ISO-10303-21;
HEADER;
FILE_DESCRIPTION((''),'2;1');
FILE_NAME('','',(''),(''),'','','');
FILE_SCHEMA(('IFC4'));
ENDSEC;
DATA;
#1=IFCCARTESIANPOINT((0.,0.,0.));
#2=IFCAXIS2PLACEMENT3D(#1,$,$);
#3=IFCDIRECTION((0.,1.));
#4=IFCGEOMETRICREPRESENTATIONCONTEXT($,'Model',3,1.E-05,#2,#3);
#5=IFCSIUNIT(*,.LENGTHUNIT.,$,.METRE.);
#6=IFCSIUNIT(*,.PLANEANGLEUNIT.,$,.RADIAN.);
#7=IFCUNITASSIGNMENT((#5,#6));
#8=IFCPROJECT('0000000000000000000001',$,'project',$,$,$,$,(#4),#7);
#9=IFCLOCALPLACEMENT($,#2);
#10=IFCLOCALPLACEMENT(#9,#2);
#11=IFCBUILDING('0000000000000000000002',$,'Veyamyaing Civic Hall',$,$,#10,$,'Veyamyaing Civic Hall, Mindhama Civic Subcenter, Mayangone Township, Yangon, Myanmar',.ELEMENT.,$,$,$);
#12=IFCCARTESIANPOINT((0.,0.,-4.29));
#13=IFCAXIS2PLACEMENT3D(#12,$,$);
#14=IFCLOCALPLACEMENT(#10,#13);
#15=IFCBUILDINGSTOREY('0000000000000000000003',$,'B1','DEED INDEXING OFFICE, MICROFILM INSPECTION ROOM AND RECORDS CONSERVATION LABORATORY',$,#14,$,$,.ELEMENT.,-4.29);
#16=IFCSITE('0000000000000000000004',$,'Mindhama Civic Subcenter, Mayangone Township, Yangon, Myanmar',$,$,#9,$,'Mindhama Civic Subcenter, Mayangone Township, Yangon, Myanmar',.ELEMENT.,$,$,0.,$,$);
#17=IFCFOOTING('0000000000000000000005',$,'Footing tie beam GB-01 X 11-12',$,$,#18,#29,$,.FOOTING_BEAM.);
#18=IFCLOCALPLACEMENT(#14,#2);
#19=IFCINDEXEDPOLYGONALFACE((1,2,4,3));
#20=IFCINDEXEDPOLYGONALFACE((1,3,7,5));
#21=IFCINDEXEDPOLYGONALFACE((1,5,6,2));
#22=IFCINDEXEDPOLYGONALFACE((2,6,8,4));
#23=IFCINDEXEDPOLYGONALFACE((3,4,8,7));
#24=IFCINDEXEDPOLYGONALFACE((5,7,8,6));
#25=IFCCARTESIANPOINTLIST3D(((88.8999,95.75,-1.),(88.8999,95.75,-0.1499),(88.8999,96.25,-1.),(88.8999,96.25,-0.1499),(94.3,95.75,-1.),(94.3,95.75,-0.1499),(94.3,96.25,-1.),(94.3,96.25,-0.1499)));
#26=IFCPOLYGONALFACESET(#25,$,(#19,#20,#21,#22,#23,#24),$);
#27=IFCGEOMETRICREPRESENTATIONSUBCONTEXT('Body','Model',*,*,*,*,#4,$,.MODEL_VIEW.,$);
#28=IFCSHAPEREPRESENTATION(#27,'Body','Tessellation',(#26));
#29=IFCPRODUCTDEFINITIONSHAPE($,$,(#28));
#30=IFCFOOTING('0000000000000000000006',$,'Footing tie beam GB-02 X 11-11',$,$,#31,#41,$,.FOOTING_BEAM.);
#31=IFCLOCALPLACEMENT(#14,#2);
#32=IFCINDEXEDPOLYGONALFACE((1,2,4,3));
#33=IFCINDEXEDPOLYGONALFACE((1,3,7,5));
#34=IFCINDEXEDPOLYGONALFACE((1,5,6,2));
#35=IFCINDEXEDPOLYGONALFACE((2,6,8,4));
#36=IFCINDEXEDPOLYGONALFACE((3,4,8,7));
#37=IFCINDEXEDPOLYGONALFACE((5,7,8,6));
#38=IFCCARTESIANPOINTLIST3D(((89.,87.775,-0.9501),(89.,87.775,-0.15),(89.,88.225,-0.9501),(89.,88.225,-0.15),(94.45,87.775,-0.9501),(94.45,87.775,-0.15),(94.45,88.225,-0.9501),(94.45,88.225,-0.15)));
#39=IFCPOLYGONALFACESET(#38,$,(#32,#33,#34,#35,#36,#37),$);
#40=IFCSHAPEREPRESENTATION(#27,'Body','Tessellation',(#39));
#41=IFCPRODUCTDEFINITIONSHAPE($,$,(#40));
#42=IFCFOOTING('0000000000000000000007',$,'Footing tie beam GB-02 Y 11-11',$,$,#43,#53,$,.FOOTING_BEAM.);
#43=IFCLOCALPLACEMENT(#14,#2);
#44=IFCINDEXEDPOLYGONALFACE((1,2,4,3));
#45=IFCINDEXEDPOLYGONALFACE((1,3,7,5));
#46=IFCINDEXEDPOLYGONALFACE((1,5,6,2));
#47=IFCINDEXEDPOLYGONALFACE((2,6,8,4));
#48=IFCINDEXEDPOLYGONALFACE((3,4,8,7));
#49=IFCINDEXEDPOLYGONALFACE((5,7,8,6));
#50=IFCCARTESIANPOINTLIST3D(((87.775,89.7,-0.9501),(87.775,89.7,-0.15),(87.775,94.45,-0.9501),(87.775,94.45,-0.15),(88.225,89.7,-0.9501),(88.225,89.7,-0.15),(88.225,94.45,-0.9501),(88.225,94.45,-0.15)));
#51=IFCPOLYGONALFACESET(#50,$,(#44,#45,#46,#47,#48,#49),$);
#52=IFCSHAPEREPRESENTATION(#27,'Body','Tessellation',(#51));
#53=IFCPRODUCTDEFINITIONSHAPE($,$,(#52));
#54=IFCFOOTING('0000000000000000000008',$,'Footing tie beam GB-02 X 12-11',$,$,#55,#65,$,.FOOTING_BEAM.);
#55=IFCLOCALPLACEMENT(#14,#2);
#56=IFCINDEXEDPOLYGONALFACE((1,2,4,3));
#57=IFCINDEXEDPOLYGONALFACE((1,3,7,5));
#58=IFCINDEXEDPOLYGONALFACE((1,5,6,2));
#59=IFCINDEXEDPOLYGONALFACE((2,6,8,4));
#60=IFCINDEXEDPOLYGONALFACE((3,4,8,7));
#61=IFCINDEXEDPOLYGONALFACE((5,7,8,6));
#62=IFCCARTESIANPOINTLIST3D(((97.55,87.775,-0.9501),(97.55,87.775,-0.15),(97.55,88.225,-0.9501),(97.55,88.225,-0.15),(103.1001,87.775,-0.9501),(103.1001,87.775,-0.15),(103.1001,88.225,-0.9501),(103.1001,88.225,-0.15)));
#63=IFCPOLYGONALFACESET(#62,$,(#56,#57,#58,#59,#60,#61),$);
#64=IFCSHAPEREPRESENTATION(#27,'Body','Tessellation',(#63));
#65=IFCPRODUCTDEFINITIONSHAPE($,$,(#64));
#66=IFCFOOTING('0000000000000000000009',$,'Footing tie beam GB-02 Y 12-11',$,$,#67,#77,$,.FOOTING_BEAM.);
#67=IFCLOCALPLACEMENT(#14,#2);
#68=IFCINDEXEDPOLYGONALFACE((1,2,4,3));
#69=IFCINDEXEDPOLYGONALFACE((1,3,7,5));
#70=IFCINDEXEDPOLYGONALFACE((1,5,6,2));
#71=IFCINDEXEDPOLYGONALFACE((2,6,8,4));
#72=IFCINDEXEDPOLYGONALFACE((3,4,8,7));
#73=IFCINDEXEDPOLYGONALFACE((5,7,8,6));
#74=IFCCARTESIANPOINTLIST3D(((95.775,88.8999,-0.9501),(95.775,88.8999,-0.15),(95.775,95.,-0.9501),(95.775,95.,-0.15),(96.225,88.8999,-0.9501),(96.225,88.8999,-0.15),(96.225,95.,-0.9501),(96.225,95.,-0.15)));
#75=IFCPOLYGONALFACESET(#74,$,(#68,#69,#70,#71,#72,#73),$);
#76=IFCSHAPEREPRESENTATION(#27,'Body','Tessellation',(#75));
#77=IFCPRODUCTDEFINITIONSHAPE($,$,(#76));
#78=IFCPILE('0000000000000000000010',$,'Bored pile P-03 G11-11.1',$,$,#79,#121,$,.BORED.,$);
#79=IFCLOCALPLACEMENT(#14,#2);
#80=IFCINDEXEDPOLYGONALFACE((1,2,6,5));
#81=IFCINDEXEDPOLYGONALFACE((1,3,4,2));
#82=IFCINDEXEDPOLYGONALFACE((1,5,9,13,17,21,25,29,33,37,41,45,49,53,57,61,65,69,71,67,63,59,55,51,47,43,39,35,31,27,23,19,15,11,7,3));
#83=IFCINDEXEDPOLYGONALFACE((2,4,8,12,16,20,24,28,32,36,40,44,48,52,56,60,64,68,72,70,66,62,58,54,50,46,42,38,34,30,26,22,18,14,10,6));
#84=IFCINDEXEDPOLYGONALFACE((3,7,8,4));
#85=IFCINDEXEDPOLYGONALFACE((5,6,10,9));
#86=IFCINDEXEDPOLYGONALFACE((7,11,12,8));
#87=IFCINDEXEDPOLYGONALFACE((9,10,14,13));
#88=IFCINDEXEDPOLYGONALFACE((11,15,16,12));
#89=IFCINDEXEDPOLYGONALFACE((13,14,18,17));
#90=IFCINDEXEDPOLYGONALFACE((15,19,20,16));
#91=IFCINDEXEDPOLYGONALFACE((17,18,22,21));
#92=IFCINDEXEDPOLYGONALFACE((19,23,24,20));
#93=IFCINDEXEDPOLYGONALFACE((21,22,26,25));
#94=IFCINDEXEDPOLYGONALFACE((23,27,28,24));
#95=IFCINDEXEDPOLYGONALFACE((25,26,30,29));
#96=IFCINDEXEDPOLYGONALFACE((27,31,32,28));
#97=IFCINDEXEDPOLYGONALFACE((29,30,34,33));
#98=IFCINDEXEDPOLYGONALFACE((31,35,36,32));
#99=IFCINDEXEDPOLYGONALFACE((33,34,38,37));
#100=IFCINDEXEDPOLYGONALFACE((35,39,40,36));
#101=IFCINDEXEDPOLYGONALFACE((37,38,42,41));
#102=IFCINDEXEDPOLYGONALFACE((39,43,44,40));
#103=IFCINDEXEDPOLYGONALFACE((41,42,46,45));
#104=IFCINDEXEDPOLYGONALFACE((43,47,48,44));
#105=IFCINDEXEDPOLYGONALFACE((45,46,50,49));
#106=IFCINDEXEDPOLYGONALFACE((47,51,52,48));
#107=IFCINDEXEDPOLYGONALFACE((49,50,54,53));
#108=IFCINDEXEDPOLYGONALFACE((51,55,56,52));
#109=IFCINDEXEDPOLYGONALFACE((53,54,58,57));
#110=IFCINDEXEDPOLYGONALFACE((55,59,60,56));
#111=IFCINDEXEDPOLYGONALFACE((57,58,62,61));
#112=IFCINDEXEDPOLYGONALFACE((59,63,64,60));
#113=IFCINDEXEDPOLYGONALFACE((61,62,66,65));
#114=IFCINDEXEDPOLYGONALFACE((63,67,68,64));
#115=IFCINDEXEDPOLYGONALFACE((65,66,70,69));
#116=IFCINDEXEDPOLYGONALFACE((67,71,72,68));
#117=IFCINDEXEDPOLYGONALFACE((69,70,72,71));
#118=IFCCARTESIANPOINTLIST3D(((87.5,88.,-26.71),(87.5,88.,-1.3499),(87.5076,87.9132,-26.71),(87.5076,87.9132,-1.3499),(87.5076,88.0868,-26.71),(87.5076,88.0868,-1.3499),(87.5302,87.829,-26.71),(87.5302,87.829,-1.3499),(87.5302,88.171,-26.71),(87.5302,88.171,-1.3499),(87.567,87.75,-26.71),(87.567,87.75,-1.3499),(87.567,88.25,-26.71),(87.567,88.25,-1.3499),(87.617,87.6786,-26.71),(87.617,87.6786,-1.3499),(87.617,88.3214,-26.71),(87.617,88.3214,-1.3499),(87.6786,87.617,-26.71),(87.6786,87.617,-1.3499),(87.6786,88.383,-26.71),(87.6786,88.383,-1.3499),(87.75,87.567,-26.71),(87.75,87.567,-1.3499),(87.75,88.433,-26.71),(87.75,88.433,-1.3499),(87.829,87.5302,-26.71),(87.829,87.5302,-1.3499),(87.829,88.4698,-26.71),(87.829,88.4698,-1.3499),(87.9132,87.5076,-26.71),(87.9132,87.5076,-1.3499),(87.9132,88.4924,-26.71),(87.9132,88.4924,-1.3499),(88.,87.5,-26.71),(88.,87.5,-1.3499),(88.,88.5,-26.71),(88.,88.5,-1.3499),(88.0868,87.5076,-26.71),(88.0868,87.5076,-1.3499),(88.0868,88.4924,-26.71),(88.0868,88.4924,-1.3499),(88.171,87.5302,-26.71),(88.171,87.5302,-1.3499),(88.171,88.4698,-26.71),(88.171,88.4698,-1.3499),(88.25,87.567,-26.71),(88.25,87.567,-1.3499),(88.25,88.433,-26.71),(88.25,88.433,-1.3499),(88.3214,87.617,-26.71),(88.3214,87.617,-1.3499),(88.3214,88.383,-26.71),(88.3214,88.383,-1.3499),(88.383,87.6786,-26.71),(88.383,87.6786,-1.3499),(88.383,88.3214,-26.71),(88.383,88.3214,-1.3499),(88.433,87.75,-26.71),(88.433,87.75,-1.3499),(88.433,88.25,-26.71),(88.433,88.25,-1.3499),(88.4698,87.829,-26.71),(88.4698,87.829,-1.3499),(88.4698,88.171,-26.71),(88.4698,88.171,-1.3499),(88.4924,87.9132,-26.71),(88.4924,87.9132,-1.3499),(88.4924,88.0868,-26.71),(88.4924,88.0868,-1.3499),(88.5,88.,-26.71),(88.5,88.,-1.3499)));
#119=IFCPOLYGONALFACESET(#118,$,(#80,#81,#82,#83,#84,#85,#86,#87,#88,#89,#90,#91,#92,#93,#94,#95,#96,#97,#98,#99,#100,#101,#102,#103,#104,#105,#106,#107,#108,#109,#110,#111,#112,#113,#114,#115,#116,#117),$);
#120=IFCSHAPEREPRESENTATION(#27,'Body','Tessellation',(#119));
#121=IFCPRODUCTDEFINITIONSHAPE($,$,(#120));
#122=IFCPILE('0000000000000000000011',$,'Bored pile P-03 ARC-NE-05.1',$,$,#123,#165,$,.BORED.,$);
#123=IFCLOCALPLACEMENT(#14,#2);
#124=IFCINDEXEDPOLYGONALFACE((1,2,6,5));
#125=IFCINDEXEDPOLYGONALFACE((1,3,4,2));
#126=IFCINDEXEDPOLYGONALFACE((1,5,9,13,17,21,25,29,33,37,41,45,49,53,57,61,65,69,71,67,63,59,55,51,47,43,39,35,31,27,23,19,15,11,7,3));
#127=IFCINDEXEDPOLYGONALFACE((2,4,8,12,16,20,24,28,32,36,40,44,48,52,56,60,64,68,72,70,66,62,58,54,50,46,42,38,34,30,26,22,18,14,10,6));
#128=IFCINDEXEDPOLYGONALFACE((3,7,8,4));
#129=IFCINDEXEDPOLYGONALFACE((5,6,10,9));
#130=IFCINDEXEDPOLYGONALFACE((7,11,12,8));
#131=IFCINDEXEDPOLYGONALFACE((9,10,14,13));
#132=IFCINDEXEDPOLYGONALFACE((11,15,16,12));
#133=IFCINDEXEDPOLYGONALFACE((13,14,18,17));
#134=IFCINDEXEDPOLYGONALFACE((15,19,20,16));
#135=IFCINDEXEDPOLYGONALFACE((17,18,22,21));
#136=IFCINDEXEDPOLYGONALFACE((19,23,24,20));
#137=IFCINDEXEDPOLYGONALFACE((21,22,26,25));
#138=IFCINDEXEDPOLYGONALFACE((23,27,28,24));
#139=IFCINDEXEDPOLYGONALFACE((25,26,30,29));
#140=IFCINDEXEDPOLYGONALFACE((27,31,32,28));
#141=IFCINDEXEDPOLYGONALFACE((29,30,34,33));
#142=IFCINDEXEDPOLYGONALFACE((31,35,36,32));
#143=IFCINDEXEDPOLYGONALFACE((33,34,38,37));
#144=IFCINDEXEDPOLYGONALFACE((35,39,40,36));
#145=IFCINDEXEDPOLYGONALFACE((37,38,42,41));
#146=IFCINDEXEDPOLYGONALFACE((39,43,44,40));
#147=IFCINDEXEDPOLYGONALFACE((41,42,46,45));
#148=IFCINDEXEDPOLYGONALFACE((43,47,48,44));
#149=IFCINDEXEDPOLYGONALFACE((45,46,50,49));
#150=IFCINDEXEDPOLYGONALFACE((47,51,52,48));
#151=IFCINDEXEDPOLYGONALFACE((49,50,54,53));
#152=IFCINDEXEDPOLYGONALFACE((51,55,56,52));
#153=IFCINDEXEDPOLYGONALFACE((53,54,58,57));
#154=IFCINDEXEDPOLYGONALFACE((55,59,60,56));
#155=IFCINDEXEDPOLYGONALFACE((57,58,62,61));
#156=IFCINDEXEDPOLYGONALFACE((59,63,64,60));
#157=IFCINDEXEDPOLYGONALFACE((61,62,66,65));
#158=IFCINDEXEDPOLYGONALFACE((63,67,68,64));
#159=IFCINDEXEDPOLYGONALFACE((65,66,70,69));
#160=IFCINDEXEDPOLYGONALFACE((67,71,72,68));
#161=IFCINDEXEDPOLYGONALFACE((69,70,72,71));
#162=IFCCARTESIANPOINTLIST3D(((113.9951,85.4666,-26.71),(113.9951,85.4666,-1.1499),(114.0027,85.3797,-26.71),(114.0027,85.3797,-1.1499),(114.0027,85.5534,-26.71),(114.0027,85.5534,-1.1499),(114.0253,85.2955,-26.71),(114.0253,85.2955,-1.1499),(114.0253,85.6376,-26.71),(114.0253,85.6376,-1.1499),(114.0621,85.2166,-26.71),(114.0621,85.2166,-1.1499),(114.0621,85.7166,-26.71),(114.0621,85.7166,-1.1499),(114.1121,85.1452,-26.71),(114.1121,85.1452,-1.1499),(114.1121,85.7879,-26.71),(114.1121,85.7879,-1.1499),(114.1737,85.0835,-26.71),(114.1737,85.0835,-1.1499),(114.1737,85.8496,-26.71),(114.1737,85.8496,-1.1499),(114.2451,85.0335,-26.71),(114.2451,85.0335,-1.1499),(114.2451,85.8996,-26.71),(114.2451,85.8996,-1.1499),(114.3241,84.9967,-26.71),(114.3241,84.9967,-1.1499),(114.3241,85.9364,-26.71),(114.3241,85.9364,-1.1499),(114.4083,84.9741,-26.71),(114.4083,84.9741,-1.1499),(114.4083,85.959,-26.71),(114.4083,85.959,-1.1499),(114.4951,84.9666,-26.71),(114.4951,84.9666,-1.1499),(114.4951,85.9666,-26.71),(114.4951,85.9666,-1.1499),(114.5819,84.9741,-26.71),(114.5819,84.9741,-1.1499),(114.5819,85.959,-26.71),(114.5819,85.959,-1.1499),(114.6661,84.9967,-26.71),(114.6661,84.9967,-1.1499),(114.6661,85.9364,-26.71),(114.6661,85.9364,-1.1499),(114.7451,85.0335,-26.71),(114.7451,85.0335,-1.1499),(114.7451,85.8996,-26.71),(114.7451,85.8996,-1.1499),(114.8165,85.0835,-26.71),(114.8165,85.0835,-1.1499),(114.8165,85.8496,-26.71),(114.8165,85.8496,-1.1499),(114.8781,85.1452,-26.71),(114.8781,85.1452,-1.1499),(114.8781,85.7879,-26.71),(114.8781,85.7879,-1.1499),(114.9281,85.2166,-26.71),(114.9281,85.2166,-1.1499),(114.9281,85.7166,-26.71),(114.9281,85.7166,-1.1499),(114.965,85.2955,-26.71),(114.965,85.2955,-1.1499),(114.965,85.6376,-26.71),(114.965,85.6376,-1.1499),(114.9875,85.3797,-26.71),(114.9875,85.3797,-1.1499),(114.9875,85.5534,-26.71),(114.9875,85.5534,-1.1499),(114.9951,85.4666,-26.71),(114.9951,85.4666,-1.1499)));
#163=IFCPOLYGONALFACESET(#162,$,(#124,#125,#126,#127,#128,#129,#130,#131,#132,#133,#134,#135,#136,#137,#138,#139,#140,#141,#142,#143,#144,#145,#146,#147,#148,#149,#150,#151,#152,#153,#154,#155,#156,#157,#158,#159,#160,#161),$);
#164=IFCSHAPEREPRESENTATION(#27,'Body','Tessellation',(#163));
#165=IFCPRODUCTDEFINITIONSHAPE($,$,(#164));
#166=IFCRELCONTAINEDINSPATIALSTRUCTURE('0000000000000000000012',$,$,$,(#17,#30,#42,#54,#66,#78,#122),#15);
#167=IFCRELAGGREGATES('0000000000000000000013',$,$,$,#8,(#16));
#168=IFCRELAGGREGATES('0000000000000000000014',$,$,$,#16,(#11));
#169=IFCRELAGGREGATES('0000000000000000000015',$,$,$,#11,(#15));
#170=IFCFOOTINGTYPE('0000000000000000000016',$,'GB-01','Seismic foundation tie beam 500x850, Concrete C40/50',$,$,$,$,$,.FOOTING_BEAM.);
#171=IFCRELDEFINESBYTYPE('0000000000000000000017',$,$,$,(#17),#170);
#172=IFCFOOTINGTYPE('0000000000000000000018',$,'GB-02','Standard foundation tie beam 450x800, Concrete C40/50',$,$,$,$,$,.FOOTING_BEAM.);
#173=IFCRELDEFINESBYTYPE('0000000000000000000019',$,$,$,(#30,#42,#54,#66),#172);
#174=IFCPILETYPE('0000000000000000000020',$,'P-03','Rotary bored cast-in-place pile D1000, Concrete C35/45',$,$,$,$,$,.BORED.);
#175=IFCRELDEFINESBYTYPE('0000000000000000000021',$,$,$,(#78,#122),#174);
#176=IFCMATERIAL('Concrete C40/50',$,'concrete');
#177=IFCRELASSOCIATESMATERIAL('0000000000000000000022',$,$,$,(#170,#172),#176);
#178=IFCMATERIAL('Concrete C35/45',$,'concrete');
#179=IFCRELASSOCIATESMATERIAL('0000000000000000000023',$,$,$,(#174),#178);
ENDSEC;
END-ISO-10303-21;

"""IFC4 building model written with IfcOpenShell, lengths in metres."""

from ifc_helpers import new_model, si_unit, direction, frame, origin, origin_2d, place, context, subcontext, project, spatial, rectangle, circle, extrude, material, material_profile, profile_set, type_object, element, save


model = new_model("IFC4")

# Units and contexts
model_context = context("Model", 3, precision=1e-05, world=origin(), true_north=direction((0.0, 1.0)))
body_context = subcontext(model_context, "Body", "Model", "MODEL_VIEW")
ifc_project = project(units=[si_unit("LENGTHUNIT", "METRE"), si_unit("PLANEANGLEUNIT", "RADIAN")], contexts=[model_context])

# Site, building, storey
site_placement = place(None, origin())
site = spatial("IfcSite", under=ifc_project, at=site_placement, Name="Mindhama Civic Subcenter, Mayangone Township, Yangon, Myanmar", LongName="Mindhama Civic Subcenter, Mayangone Township, Yangon, Myanmar", CompositionType="ELEMENT", RefElevation=0.0)
building_placement = place(site_placement, origin())
building = spatial("IfcBuilding", under=site, at=building_placement, Name="Veyamyaing Civic Hall", LongName="Veyamyaing Civic Hall, Mindhama Civic Subcenter, Mayangone Township, Yangon, Myanmar", CompositionType="ELEMENT")
storey_placement = place(building_placement, frame((0.0, 0.0, -4.29)))
storey = spatial("IfcBuildingStorey", under=building, at=storey_placement, Name="B1", Description="DEED INDEXING OFFICE, MICROFILM INSPECTION ROOM AND RECORDS CONSERVATION LABORATORY", CompositionType="ELEMENT", Elevation=-4.29)

# Footings
ifc_material_1 = material(Name="Concrete C40/50", Category="concrete")
ifc_material_profile_1 = material_profile(ifc_material_1, rectangle(XDim=0.5, YDim=0.8501, at=origin_2d()), Name="GB-500X850")
ifc_profile_set_1 = profile_set([ifc_material_profile_1], Name="Concrete C40/50")
footing_type_1 = type_object("IfcFootingType", Name="GB-01", Description="Seismic foundation tie beam 500x850, Concrete C40/50", PredefinedType="FOOTING_BEAM", material=ifc_profile_set_1)
footing_1_placement = place(storey_placement, frame((88.8999, 96.0, -0.575), z_axis=(1.0, 0.0, 0.0), x_axis=(0.0, 1.0, 0.0)))
element("IfcFooting", 1, at=footing_1_placement, inside=storey, type_object=footing_type_1, Name="Footing tie beam GB-01 X 11-12", PredefinedType="FOOTING_BEAM", context=body_context, shape_type="SweptSolid", body=[
    extrude(rectangle(XDim=0.5, YDim=0.8501, at=origin_2d()), origin(), (0.0, 0.0, 1.0), 5.4001),
])
ifc_material_profile_2 = material_profile(ifc_material_1, rectangle(XDim=0.45, YDim=0.8, at=origin_2d()), Name="GB-450X800")
ifc_profile_set_2 = profile_set([ifc_material_profile_2], Name="Concrete C40/50")
footing_type_2 = type_object("IfcFootingType", Name="GB-02", Description="Standard foundation tie beam 450x800, Concrete C40/50", PredefinedType="FOOTING_BEAM", material=ifc_profile_set_2)
footing_2_placement = place(storey_placement, frame((89.0, 88.0, -0.55), z_axis=(1.0, 0.0, 0.0), x_axis=(0.0, 1.0, 0.0)))
element("IfcFooting", 2, at=footing_2_placement, inside=storey, type_object=footing_type_2, Name="Footing tie beam GB-02 X 11-11", PredefinedType="FOOTING_BEAM", context=body_context, shape_type="SweptSolid", body=[
    extrude(rectangle(XDim=0.45, YDim=0.8, at=origin_2d()), origin(), (0.0, 0.0, 1.0), 5.45),
])
footing_3_placement = place(storey_placement, frame((88.0, 89.7, -0.55), z_axis=(0.0, 1.0, 0.0), x_axis=(-1.0, 0.0, 0.0)))
element("IfcFooting", 3, at=footing_3_placement, inside=storey, type_object=footing_type_2, Name="Footing tie beam GB-02 Y 11-11", PredefinedType="FOOTING_BEAM", context=body_context, shape_type="SweptSolid", body=[
    extrude(rectangle(XDim=0.45, YDim=0.8, at=origin_2d()), origin(), (0.0, 0.0, 1.0), 4.75),
])
footing_4_placement = place(storey_placement, frame((97.55, 88.0, -0.55), z_axis=(1.0, 0.0, 0.0), x_axis=(0.0, 1.0, 0.0)))
element("IfcFooting", 4, at=footing_4_placement, inside=storey, type_object=footing_type_2, Name="Footing tie beam GB-02 X 12-11", PredefinedType="FOOTING_BEAM", context=body_context, shape_type="SweptSolid", body=[
    extrude(rectangle(XDim=0.45, YDim=0.8, at=origin_2d()), origin(), (0.0, 0.0, 1.0), 5.55),
])
footing_5_placement = place(storey_placement, frame((96.0, 88.8999, -0.55), z_axis=(0.0, 1.0, 0.0), x_axis=(-1.0, 0.0, 0.0)))
element("IfcFooting", 5, at=footing_5_placement, inside=storey, type_object=footing_type_2, Name="Footing tie beam GB-02 Y 12-11", PredefinedType="FOOTING_BEAM", context=body_context, shape_type="SweptSolid", body=[
    extrude(rectangle(XDim=0.45, YDim=0.8, at=origin_2d()), origin(), (0.0, 0.0, 1.0), 6.1001),
])

# Piles
ifc_material_2 = material(Name="Concrete C35/45", Category="concrete")
ifc_material_profile_3 = material_profile(ifc_material_2, circle(Radius=0.5, at=origin_2d()), Name="PILE-D1000")
ifc_profile_set_3 = profile_set([ifc_material_profile_3], Name="Concrete C35/45")
pile_type_1 = type_object("IfcPileType", Name="P-03", Description="Rotary bored cast-in-place pile D1000, Concrete C35/45", PredefinedType="BORED", material=ifc_profile_set_3)
pile_1_placement = place(storey_placement, frame((88.0, 88.0, -1.3499), z_axis=(0.0, 0.0, -1.0), x_axis=(1.0, 0.0, 0.0)))
element("IfcPile", 6, at=pile_1_placement, inside=storey, type_object=pile_type_1, Name="Bored pile P-03 G11-11.1", PredefinedType="BORED", context=body_context, shape_type="SweptSolid", body=[
    extrude(circle(Radius=0.5, at=origin_2d()), origin(), (0.0, 0.0, 1.0), 25.3601),
])
for number, where, z_axis, x_axis, name in (
    (7, (114.4951, 85.4666, -1.1499), (0.0, 0.0, -1.0), (1.0, 0.0, 0.0), "Bored pile P-03 ARC-NE-05.1"),
):
    element("IfcPile", number, at=place(storey_placement, frame(where, z_axis=z_axis, x_axis=x_axis)), inside=storey, type_object=pile_type_1, Name=name, PredefinedType="BORED", context=body_context, shape_type="SweptSolid", body=[
        extrude(circle(Radius=0.5, at=origin_2d()), origin(), (0.0, 0.0, 1.0), 25.5601),
    ])

save(model, "model.ifc")
